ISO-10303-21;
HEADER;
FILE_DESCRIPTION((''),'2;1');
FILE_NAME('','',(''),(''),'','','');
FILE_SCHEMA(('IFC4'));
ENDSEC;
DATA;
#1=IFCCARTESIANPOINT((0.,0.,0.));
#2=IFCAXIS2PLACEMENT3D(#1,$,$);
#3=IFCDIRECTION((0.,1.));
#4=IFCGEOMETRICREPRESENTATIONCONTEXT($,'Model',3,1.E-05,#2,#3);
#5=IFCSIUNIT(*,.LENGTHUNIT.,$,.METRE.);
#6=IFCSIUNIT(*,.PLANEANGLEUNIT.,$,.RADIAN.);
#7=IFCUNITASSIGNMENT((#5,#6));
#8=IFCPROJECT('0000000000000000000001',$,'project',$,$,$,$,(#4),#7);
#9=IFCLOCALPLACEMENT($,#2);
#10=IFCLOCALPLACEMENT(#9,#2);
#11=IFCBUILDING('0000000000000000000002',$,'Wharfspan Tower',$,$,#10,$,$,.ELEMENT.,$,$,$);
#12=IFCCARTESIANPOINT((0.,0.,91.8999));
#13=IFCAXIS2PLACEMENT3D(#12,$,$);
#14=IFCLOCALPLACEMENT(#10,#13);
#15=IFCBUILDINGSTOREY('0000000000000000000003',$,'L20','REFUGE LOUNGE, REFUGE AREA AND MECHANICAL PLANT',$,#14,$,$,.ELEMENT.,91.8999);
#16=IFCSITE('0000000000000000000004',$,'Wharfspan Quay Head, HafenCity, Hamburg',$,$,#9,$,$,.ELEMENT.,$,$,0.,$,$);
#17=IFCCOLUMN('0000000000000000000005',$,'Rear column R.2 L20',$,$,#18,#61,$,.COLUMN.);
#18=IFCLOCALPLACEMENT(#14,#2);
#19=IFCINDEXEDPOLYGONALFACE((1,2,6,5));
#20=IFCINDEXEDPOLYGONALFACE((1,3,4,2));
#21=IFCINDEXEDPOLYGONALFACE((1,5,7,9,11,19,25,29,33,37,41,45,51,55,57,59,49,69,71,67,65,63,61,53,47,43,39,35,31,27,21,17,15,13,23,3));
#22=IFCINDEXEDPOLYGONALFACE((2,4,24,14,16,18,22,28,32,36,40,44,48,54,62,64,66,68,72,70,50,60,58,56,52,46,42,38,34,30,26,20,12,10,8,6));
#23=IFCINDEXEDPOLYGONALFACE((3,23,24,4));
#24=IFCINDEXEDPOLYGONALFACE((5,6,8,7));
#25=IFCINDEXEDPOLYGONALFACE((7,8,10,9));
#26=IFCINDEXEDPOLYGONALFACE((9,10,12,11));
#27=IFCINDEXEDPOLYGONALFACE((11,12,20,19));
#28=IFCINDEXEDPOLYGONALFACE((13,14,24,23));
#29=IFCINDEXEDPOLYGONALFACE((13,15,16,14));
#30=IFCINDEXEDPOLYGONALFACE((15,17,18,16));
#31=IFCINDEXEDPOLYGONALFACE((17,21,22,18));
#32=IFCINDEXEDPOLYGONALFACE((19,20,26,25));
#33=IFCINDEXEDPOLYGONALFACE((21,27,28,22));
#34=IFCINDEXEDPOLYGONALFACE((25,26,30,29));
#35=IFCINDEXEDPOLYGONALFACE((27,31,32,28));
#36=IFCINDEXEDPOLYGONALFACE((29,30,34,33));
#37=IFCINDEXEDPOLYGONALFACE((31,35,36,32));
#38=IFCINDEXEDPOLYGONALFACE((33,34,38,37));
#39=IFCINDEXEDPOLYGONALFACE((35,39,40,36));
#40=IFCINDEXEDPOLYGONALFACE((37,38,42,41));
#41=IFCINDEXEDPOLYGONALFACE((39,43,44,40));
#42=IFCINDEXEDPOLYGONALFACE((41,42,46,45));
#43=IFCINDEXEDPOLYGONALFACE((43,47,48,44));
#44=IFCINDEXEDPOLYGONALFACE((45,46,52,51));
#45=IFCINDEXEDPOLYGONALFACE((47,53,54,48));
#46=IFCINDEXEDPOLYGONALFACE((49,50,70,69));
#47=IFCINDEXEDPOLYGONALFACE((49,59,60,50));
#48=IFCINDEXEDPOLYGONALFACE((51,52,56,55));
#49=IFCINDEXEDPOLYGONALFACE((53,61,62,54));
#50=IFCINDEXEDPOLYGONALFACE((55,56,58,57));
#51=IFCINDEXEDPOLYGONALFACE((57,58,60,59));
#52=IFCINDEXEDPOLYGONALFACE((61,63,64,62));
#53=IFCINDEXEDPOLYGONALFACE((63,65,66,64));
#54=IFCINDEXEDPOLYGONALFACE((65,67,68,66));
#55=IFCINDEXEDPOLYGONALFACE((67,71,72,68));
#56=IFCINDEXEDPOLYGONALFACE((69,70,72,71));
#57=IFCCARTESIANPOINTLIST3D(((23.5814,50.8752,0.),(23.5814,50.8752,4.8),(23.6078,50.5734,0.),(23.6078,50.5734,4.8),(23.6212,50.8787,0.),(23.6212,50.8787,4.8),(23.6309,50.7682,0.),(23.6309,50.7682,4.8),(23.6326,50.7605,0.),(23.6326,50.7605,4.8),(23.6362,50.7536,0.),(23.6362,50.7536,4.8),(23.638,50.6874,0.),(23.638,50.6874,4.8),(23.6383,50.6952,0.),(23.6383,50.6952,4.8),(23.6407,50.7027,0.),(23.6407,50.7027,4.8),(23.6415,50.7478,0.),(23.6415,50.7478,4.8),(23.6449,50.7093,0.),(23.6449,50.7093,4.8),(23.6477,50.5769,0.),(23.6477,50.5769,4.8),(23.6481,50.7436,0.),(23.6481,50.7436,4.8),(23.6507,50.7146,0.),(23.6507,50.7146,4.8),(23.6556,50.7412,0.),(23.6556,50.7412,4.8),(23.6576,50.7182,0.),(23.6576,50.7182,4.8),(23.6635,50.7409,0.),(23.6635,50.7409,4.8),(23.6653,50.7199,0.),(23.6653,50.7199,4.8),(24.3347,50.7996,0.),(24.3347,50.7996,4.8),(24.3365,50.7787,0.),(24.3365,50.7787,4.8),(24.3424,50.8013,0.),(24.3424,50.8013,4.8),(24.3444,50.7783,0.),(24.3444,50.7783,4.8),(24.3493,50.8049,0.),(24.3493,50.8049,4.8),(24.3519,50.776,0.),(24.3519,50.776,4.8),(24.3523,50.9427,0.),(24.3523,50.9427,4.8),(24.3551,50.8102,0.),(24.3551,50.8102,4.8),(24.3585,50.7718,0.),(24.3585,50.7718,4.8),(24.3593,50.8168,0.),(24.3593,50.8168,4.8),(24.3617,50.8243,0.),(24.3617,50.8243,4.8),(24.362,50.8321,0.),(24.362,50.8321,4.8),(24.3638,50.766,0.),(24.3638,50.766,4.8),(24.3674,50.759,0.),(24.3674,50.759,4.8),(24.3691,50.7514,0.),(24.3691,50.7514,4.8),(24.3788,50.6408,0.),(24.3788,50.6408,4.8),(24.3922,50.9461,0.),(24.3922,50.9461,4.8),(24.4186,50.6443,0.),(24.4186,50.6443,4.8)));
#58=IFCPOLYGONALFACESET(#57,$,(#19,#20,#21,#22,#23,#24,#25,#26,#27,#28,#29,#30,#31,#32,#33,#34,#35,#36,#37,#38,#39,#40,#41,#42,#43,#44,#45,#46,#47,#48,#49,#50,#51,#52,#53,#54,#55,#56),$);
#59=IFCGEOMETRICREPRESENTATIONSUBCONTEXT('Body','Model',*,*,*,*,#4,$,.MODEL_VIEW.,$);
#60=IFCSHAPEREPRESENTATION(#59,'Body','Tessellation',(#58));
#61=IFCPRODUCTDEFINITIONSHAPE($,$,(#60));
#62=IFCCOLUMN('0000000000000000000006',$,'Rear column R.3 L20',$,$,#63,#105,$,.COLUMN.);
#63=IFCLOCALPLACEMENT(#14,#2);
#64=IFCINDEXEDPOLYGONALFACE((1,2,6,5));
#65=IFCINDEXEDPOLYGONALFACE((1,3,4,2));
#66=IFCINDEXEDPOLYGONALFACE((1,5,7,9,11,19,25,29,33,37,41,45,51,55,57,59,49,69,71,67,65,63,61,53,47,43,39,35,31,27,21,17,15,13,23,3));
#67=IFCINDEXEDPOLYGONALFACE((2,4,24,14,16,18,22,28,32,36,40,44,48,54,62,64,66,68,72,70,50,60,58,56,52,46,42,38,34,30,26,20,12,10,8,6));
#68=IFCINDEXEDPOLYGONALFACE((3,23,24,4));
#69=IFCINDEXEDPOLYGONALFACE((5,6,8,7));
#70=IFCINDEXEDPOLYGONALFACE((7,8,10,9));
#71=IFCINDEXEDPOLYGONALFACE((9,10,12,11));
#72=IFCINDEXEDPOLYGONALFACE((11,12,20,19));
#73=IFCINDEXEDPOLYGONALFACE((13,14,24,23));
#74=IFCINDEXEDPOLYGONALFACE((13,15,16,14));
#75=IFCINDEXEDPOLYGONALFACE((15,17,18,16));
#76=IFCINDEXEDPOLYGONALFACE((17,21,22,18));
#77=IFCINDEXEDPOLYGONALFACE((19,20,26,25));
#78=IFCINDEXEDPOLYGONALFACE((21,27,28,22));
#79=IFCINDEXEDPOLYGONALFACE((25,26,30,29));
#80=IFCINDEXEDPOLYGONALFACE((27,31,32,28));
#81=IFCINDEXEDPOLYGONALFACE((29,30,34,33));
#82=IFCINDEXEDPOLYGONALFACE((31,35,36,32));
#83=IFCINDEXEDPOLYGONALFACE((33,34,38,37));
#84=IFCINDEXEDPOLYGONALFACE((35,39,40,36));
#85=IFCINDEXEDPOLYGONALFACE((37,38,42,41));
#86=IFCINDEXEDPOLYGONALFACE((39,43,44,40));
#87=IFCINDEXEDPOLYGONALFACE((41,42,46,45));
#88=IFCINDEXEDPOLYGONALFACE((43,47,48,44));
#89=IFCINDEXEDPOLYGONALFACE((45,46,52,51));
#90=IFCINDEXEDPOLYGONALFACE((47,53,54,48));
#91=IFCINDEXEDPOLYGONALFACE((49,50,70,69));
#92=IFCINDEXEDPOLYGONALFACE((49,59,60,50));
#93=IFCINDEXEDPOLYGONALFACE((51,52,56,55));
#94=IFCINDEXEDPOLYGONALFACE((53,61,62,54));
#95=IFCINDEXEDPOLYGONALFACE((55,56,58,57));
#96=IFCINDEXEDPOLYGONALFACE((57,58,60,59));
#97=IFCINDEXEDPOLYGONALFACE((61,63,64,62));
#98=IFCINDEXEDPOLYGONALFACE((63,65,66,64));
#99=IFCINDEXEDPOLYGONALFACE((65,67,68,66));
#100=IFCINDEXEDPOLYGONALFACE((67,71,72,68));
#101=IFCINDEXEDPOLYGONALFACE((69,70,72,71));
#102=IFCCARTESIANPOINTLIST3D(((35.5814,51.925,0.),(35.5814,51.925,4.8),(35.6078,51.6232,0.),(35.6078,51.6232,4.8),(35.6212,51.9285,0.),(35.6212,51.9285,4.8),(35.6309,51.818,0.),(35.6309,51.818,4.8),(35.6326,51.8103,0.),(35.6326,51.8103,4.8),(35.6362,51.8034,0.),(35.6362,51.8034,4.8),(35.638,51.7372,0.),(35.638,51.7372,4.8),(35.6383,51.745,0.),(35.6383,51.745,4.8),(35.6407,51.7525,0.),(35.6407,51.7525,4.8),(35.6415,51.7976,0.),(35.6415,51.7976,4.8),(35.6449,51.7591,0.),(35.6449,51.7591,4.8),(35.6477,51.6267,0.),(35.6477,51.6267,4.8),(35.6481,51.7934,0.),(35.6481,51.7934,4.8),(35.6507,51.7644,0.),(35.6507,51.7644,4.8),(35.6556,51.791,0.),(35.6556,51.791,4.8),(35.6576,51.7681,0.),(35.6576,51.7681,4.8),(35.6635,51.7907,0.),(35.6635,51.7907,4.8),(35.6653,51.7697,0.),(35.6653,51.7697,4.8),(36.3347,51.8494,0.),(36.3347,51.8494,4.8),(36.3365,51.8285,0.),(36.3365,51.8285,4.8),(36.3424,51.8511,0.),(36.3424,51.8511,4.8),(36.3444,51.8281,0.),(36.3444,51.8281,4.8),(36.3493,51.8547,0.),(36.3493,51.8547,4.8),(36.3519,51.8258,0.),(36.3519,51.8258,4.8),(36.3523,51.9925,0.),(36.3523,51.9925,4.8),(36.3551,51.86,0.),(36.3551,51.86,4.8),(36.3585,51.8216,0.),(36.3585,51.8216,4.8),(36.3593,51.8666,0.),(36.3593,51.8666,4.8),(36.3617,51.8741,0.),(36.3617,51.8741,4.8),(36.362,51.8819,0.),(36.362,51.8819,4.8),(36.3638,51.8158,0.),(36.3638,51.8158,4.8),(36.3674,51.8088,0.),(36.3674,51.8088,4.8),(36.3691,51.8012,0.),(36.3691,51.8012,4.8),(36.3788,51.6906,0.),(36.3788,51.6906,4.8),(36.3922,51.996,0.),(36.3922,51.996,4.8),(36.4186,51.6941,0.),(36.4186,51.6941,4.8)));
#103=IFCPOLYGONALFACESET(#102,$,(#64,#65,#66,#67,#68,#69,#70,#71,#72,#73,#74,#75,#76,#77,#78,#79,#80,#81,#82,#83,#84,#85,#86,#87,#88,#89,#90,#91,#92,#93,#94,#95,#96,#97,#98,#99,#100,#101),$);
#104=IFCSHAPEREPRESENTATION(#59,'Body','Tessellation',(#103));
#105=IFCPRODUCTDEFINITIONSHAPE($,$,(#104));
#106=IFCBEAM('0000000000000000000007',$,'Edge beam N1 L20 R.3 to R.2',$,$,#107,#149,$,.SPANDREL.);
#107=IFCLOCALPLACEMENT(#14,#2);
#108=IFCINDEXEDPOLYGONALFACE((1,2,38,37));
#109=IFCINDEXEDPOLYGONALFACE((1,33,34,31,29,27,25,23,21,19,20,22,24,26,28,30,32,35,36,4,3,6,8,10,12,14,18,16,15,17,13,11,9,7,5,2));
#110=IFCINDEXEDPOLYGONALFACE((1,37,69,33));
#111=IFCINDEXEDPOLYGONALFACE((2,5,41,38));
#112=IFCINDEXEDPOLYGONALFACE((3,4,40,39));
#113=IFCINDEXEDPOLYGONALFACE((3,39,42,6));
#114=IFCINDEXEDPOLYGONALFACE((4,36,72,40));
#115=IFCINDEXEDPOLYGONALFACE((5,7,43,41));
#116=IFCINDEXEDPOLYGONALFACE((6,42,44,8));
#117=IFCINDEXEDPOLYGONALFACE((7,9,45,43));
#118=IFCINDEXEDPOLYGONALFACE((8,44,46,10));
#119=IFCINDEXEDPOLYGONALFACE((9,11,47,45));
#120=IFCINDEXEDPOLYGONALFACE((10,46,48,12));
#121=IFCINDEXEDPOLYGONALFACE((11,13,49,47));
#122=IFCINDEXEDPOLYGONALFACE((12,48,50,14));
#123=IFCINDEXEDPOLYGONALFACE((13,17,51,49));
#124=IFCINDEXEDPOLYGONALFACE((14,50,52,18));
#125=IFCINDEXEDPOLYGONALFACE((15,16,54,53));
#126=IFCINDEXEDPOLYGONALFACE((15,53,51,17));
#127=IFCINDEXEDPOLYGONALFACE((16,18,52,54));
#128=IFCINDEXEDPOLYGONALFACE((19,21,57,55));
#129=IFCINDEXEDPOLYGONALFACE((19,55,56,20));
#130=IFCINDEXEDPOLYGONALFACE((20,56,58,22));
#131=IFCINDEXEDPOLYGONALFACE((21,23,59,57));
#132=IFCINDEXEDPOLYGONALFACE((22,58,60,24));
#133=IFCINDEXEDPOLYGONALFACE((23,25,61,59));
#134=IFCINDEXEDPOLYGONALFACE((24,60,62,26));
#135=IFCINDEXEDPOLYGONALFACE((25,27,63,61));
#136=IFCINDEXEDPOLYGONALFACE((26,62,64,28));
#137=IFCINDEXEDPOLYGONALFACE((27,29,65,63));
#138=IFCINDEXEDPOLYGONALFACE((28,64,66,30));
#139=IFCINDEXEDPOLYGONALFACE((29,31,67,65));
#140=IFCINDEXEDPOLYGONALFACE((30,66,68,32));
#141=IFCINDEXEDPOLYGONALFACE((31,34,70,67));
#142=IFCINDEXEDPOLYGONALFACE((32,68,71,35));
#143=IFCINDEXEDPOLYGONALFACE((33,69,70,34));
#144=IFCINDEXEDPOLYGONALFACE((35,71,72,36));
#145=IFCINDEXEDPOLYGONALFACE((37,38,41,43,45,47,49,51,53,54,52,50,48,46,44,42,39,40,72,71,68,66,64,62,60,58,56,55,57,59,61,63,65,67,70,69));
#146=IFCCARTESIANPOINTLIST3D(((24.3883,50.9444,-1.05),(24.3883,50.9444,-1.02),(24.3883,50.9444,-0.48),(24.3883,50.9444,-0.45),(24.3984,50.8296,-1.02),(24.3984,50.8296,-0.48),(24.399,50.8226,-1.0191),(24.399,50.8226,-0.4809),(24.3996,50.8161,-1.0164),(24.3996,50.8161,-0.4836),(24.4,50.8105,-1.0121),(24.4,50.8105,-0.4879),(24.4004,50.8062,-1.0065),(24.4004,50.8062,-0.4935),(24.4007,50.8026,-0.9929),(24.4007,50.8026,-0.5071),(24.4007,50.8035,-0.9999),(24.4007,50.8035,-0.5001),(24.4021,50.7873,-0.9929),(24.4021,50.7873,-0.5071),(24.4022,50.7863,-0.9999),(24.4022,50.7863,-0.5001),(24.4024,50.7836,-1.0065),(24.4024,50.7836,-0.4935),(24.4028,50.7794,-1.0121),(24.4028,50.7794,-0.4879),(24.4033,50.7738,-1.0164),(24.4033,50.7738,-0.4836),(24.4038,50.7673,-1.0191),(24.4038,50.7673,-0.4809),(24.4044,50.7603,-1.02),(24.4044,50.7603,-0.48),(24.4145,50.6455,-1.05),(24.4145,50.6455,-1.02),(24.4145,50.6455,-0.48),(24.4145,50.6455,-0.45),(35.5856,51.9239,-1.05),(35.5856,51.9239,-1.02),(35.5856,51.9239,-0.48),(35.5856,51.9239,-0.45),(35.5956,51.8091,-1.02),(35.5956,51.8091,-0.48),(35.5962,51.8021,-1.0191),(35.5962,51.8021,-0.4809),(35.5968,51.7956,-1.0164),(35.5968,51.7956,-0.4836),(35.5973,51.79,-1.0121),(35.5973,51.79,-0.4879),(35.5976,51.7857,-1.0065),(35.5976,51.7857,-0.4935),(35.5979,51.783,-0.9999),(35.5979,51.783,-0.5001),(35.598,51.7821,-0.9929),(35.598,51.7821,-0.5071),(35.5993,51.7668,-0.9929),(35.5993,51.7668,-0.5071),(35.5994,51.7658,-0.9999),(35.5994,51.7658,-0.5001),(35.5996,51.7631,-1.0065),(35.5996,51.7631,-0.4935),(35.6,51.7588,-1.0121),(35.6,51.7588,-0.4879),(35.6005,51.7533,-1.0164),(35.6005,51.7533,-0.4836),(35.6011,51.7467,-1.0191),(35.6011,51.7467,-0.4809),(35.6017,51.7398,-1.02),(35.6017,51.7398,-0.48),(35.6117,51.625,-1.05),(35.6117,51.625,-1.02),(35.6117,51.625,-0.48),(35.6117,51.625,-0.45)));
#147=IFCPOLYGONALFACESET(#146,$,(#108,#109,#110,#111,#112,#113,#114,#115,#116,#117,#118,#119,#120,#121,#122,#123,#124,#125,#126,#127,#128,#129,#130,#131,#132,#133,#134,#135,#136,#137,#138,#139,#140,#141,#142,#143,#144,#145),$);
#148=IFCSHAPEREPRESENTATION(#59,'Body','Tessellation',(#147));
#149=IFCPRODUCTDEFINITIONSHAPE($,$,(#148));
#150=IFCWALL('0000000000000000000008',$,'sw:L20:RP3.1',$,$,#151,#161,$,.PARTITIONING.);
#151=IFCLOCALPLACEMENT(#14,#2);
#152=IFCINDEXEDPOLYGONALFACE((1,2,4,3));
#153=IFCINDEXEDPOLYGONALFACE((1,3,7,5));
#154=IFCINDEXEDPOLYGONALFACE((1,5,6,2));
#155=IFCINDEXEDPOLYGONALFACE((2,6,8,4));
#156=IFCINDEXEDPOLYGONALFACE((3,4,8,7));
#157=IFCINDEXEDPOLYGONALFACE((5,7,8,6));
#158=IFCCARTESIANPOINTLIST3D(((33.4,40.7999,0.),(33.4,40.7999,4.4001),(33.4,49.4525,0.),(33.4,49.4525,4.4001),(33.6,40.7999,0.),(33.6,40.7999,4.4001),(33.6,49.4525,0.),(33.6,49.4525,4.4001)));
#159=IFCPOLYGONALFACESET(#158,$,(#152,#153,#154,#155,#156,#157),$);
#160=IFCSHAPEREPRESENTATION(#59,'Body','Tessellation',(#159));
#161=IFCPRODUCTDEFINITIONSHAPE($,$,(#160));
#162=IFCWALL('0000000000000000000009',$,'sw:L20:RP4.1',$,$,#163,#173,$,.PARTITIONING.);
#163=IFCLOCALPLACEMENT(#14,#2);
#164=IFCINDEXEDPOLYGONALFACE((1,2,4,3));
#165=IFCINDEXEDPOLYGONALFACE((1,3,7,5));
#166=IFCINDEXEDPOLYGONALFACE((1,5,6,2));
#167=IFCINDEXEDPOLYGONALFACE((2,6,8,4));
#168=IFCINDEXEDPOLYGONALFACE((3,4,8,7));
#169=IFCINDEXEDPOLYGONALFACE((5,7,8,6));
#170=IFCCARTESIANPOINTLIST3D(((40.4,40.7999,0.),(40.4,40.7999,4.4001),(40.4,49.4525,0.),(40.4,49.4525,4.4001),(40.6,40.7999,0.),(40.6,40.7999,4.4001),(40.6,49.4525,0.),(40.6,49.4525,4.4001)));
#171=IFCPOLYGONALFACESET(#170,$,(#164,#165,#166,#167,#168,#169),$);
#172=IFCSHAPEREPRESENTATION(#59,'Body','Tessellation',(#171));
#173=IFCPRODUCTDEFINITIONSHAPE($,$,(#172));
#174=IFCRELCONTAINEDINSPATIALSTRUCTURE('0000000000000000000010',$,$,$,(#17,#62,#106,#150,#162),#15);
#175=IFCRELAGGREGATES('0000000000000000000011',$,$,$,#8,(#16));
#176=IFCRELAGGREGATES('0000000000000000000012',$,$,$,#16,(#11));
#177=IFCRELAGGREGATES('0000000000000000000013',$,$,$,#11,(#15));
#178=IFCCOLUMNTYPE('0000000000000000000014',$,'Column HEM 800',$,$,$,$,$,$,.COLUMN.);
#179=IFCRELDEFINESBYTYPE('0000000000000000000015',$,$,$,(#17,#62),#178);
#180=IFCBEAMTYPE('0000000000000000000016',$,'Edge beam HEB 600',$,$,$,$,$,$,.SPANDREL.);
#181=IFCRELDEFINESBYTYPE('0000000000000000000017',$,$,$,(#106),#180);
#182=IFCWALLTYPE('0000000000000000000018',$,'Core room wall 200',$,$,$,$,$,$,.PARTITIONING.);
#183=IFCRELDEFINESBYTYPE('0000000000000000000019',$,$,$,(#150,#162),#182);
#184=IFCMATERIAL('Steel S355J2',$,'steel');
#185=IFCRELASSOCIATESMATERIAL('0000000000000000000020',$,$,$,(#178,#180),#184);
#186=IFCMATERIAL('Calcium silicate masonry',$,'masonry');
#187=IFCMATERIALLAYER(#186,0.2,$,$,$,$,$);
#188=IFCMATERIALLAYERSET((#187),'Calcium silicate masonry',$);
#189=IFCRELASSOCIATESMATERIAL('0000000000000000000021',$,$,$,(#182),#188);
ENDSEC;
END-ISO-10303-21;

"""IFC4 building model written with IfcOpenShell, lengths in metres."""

from ifc_helpers import new_model, si_unit, direction, frame, frame_2d, origin, origin_2d, place, context, subcontext, project, spatial, rectangle, i_section, extrude, material, layer, layer_set, material_profile, profile_set, type_object, element, save


model = new_model("IFC4")

# Units and contexts
model_context = context("Model", 3, precision=1e-05, world=origin(), true_north=direction((0.0, 1.0)))
body_context = subcontext(model_context, "Body", "Model", "MODEL_VIEW")
ifc_project = project(units=[si_unit("LENGTHUNIT", "METRE"), si_unit("PLANEANGLEUNIT", "RADIAN")], contexts=[model_context])

# Site, building, storey
site_placement = place(None, origin())
site = spatial("IfcSite", under=ifc_project, at=site_placement, Name="Wharfspan Quay Head, HafenCity, Hamburg", CompositionType="ELEMENT", RefElevation=0.0)
building_placement = place(site_placement, origin())
building = spatial("IfcBuilding", under=site, at=building_placement, Name="Wharfspan Tower", CompositionType="ELEMENT")
storey_placement = place(building_placement, frame((0.0, 0.0, 91.8999)))
storey = spatial("IfcBuildingStorey", under=building, at=storey_placement, Name="L20", Description="REFUGE LOUNGE, REFUGE AREA AND MECHANICAL PLANT", CompositionType="ELEMENT", Elevation=91.8999)

# Columns
ifc_material_1 = material(Name="Steel S355J2", Category="steel")
ifc_material_profile_1 = material_profile(ifc_material_1, i_section(OverallWidth=0.303, OverallDepth=0.814, WebThickness=0.021, FlangeThickness=0.04, FilletRadius=0.03, at=origin_2d()))
ifc_profile_set_1 = profile_set([ifc_material_profile_1], Name="Steel S355J2")
column_type = type_object("IfcColumnType", Name="Column HEM 800", PredefinedType="COLUMN", material=ifc_profile_set_1)
for number, where, z_axis, x_axis, name in (
    (1, (24.0, 50.7598, 0.0), (0.0, 0.0, 1.0), (-0.087156, 0.996197, 0.0), "Rear column R.2 L20"),
    (2, (36.0, 51.8096, 0.0), (0.0, 0.0, 1.0), (-0.087156, 0.996197, 0.0), "Rear column R.3 L20"),
):
    element("IfcColumn", number, at=place(storey_placement, frame(where, z_axis=z_axis, x_axis=x_axis)), inside=storey, type_object=column_type, Name=name, PredefinedType="COLUMN", context=body_context, shape_type="SweptSolid", body=[
        extrude(i_section(OverallWidth=0.303, OverallDepth=0.814, WebThickness=0.021, FlangeThickness=0.04, FilletRadius=0.03, at=origin_2d()), origin(), (0.0, 0.0, 1.0), 4.8),
    ])

# Beam
ifc_material_profile_2 = material_profile(ifc_material_1, i_section(OverallWidth=0.3, OverallDepth=0.6001, WebThickness=0.0154, FlangeThickness=0.03, FilletRadius=0.0271, at=origin_2d()))
ifc_profile_set_2 = profile_set([ifc_material_profile_2], Name="Steel S355J2")
beam_type = type_object("IfcBeamType", Name="Edge beam HEB 600", PredefinedType="SPANDREL", material=ifc_profile_set_2)
beam_placement = place(storey_placement, frame((35.5986, 51.7744, -0.75), z_axis=(-0.996196, -0.087143, 0.0), x_axis=(0.087143, -0.996196, 0.0)))
element("IfcBeam", 3, at=beam_placement, inside=storey, type_object=beam_type, Name="Edge beam N1 L20 R.3 to R.2", PredefinedType="SPANDREL", context=body_context, shape_type="SweptSolid", body=[
    extrude(i_section(OverallWidth=0.3, OverallDepth=0.6001, WebThickness=0.0154, FlangeThickness=0.03, FilletRadius=0.0271, at=origin_2d()), origin(), (0.0, 0.0, 1.0), 11.24),
])

# Walls
ifc_material_2 = material(Name="Calcium silicate masonry", Category="masonry")
ifc_layer_1 = layer(ifc_material_2, 0.2)
ifc_layer_set_1 = layer_set([ifc_layer_1], Name="Calcium silicate masonry")
wall_type_1 = type_object("IfcWallType", Name="Core room wall 200", PredefinedType="PARTITIONING", material=ifc_layer_set_1)
for number, where, z_axis, x_axis, name in (
    (4, (33.5, 40.8, 0.0), (0.0, 0.0, 1.0), (0.0, 1.0, 0.0), "sw:L20:RP3.1"),
    (5, (40.5, 40.8, 0.0), (0.0, 0.0, 1.0), (0.0, 1.0, 0.0), "sw:L20:RP4.1"),
):
    element("IfcWall", number, at=place(storey_placement, frame(where, z_axis=z_axis, x_axis=x_axis)), inside=storey, type_object=wall_type_1, Name=name, PredefinedType="PARTITIONING", context=body_context, shape_type="SweptSolid", body=[
        extrude(rectangle(XDim=8.6526, YDim=0.2, at=frame_2d((4.3262, 0.0))), origin(), (0.0, 0.0, 1.0), 4.4001),
    ])

save(model, "model.ifc")
